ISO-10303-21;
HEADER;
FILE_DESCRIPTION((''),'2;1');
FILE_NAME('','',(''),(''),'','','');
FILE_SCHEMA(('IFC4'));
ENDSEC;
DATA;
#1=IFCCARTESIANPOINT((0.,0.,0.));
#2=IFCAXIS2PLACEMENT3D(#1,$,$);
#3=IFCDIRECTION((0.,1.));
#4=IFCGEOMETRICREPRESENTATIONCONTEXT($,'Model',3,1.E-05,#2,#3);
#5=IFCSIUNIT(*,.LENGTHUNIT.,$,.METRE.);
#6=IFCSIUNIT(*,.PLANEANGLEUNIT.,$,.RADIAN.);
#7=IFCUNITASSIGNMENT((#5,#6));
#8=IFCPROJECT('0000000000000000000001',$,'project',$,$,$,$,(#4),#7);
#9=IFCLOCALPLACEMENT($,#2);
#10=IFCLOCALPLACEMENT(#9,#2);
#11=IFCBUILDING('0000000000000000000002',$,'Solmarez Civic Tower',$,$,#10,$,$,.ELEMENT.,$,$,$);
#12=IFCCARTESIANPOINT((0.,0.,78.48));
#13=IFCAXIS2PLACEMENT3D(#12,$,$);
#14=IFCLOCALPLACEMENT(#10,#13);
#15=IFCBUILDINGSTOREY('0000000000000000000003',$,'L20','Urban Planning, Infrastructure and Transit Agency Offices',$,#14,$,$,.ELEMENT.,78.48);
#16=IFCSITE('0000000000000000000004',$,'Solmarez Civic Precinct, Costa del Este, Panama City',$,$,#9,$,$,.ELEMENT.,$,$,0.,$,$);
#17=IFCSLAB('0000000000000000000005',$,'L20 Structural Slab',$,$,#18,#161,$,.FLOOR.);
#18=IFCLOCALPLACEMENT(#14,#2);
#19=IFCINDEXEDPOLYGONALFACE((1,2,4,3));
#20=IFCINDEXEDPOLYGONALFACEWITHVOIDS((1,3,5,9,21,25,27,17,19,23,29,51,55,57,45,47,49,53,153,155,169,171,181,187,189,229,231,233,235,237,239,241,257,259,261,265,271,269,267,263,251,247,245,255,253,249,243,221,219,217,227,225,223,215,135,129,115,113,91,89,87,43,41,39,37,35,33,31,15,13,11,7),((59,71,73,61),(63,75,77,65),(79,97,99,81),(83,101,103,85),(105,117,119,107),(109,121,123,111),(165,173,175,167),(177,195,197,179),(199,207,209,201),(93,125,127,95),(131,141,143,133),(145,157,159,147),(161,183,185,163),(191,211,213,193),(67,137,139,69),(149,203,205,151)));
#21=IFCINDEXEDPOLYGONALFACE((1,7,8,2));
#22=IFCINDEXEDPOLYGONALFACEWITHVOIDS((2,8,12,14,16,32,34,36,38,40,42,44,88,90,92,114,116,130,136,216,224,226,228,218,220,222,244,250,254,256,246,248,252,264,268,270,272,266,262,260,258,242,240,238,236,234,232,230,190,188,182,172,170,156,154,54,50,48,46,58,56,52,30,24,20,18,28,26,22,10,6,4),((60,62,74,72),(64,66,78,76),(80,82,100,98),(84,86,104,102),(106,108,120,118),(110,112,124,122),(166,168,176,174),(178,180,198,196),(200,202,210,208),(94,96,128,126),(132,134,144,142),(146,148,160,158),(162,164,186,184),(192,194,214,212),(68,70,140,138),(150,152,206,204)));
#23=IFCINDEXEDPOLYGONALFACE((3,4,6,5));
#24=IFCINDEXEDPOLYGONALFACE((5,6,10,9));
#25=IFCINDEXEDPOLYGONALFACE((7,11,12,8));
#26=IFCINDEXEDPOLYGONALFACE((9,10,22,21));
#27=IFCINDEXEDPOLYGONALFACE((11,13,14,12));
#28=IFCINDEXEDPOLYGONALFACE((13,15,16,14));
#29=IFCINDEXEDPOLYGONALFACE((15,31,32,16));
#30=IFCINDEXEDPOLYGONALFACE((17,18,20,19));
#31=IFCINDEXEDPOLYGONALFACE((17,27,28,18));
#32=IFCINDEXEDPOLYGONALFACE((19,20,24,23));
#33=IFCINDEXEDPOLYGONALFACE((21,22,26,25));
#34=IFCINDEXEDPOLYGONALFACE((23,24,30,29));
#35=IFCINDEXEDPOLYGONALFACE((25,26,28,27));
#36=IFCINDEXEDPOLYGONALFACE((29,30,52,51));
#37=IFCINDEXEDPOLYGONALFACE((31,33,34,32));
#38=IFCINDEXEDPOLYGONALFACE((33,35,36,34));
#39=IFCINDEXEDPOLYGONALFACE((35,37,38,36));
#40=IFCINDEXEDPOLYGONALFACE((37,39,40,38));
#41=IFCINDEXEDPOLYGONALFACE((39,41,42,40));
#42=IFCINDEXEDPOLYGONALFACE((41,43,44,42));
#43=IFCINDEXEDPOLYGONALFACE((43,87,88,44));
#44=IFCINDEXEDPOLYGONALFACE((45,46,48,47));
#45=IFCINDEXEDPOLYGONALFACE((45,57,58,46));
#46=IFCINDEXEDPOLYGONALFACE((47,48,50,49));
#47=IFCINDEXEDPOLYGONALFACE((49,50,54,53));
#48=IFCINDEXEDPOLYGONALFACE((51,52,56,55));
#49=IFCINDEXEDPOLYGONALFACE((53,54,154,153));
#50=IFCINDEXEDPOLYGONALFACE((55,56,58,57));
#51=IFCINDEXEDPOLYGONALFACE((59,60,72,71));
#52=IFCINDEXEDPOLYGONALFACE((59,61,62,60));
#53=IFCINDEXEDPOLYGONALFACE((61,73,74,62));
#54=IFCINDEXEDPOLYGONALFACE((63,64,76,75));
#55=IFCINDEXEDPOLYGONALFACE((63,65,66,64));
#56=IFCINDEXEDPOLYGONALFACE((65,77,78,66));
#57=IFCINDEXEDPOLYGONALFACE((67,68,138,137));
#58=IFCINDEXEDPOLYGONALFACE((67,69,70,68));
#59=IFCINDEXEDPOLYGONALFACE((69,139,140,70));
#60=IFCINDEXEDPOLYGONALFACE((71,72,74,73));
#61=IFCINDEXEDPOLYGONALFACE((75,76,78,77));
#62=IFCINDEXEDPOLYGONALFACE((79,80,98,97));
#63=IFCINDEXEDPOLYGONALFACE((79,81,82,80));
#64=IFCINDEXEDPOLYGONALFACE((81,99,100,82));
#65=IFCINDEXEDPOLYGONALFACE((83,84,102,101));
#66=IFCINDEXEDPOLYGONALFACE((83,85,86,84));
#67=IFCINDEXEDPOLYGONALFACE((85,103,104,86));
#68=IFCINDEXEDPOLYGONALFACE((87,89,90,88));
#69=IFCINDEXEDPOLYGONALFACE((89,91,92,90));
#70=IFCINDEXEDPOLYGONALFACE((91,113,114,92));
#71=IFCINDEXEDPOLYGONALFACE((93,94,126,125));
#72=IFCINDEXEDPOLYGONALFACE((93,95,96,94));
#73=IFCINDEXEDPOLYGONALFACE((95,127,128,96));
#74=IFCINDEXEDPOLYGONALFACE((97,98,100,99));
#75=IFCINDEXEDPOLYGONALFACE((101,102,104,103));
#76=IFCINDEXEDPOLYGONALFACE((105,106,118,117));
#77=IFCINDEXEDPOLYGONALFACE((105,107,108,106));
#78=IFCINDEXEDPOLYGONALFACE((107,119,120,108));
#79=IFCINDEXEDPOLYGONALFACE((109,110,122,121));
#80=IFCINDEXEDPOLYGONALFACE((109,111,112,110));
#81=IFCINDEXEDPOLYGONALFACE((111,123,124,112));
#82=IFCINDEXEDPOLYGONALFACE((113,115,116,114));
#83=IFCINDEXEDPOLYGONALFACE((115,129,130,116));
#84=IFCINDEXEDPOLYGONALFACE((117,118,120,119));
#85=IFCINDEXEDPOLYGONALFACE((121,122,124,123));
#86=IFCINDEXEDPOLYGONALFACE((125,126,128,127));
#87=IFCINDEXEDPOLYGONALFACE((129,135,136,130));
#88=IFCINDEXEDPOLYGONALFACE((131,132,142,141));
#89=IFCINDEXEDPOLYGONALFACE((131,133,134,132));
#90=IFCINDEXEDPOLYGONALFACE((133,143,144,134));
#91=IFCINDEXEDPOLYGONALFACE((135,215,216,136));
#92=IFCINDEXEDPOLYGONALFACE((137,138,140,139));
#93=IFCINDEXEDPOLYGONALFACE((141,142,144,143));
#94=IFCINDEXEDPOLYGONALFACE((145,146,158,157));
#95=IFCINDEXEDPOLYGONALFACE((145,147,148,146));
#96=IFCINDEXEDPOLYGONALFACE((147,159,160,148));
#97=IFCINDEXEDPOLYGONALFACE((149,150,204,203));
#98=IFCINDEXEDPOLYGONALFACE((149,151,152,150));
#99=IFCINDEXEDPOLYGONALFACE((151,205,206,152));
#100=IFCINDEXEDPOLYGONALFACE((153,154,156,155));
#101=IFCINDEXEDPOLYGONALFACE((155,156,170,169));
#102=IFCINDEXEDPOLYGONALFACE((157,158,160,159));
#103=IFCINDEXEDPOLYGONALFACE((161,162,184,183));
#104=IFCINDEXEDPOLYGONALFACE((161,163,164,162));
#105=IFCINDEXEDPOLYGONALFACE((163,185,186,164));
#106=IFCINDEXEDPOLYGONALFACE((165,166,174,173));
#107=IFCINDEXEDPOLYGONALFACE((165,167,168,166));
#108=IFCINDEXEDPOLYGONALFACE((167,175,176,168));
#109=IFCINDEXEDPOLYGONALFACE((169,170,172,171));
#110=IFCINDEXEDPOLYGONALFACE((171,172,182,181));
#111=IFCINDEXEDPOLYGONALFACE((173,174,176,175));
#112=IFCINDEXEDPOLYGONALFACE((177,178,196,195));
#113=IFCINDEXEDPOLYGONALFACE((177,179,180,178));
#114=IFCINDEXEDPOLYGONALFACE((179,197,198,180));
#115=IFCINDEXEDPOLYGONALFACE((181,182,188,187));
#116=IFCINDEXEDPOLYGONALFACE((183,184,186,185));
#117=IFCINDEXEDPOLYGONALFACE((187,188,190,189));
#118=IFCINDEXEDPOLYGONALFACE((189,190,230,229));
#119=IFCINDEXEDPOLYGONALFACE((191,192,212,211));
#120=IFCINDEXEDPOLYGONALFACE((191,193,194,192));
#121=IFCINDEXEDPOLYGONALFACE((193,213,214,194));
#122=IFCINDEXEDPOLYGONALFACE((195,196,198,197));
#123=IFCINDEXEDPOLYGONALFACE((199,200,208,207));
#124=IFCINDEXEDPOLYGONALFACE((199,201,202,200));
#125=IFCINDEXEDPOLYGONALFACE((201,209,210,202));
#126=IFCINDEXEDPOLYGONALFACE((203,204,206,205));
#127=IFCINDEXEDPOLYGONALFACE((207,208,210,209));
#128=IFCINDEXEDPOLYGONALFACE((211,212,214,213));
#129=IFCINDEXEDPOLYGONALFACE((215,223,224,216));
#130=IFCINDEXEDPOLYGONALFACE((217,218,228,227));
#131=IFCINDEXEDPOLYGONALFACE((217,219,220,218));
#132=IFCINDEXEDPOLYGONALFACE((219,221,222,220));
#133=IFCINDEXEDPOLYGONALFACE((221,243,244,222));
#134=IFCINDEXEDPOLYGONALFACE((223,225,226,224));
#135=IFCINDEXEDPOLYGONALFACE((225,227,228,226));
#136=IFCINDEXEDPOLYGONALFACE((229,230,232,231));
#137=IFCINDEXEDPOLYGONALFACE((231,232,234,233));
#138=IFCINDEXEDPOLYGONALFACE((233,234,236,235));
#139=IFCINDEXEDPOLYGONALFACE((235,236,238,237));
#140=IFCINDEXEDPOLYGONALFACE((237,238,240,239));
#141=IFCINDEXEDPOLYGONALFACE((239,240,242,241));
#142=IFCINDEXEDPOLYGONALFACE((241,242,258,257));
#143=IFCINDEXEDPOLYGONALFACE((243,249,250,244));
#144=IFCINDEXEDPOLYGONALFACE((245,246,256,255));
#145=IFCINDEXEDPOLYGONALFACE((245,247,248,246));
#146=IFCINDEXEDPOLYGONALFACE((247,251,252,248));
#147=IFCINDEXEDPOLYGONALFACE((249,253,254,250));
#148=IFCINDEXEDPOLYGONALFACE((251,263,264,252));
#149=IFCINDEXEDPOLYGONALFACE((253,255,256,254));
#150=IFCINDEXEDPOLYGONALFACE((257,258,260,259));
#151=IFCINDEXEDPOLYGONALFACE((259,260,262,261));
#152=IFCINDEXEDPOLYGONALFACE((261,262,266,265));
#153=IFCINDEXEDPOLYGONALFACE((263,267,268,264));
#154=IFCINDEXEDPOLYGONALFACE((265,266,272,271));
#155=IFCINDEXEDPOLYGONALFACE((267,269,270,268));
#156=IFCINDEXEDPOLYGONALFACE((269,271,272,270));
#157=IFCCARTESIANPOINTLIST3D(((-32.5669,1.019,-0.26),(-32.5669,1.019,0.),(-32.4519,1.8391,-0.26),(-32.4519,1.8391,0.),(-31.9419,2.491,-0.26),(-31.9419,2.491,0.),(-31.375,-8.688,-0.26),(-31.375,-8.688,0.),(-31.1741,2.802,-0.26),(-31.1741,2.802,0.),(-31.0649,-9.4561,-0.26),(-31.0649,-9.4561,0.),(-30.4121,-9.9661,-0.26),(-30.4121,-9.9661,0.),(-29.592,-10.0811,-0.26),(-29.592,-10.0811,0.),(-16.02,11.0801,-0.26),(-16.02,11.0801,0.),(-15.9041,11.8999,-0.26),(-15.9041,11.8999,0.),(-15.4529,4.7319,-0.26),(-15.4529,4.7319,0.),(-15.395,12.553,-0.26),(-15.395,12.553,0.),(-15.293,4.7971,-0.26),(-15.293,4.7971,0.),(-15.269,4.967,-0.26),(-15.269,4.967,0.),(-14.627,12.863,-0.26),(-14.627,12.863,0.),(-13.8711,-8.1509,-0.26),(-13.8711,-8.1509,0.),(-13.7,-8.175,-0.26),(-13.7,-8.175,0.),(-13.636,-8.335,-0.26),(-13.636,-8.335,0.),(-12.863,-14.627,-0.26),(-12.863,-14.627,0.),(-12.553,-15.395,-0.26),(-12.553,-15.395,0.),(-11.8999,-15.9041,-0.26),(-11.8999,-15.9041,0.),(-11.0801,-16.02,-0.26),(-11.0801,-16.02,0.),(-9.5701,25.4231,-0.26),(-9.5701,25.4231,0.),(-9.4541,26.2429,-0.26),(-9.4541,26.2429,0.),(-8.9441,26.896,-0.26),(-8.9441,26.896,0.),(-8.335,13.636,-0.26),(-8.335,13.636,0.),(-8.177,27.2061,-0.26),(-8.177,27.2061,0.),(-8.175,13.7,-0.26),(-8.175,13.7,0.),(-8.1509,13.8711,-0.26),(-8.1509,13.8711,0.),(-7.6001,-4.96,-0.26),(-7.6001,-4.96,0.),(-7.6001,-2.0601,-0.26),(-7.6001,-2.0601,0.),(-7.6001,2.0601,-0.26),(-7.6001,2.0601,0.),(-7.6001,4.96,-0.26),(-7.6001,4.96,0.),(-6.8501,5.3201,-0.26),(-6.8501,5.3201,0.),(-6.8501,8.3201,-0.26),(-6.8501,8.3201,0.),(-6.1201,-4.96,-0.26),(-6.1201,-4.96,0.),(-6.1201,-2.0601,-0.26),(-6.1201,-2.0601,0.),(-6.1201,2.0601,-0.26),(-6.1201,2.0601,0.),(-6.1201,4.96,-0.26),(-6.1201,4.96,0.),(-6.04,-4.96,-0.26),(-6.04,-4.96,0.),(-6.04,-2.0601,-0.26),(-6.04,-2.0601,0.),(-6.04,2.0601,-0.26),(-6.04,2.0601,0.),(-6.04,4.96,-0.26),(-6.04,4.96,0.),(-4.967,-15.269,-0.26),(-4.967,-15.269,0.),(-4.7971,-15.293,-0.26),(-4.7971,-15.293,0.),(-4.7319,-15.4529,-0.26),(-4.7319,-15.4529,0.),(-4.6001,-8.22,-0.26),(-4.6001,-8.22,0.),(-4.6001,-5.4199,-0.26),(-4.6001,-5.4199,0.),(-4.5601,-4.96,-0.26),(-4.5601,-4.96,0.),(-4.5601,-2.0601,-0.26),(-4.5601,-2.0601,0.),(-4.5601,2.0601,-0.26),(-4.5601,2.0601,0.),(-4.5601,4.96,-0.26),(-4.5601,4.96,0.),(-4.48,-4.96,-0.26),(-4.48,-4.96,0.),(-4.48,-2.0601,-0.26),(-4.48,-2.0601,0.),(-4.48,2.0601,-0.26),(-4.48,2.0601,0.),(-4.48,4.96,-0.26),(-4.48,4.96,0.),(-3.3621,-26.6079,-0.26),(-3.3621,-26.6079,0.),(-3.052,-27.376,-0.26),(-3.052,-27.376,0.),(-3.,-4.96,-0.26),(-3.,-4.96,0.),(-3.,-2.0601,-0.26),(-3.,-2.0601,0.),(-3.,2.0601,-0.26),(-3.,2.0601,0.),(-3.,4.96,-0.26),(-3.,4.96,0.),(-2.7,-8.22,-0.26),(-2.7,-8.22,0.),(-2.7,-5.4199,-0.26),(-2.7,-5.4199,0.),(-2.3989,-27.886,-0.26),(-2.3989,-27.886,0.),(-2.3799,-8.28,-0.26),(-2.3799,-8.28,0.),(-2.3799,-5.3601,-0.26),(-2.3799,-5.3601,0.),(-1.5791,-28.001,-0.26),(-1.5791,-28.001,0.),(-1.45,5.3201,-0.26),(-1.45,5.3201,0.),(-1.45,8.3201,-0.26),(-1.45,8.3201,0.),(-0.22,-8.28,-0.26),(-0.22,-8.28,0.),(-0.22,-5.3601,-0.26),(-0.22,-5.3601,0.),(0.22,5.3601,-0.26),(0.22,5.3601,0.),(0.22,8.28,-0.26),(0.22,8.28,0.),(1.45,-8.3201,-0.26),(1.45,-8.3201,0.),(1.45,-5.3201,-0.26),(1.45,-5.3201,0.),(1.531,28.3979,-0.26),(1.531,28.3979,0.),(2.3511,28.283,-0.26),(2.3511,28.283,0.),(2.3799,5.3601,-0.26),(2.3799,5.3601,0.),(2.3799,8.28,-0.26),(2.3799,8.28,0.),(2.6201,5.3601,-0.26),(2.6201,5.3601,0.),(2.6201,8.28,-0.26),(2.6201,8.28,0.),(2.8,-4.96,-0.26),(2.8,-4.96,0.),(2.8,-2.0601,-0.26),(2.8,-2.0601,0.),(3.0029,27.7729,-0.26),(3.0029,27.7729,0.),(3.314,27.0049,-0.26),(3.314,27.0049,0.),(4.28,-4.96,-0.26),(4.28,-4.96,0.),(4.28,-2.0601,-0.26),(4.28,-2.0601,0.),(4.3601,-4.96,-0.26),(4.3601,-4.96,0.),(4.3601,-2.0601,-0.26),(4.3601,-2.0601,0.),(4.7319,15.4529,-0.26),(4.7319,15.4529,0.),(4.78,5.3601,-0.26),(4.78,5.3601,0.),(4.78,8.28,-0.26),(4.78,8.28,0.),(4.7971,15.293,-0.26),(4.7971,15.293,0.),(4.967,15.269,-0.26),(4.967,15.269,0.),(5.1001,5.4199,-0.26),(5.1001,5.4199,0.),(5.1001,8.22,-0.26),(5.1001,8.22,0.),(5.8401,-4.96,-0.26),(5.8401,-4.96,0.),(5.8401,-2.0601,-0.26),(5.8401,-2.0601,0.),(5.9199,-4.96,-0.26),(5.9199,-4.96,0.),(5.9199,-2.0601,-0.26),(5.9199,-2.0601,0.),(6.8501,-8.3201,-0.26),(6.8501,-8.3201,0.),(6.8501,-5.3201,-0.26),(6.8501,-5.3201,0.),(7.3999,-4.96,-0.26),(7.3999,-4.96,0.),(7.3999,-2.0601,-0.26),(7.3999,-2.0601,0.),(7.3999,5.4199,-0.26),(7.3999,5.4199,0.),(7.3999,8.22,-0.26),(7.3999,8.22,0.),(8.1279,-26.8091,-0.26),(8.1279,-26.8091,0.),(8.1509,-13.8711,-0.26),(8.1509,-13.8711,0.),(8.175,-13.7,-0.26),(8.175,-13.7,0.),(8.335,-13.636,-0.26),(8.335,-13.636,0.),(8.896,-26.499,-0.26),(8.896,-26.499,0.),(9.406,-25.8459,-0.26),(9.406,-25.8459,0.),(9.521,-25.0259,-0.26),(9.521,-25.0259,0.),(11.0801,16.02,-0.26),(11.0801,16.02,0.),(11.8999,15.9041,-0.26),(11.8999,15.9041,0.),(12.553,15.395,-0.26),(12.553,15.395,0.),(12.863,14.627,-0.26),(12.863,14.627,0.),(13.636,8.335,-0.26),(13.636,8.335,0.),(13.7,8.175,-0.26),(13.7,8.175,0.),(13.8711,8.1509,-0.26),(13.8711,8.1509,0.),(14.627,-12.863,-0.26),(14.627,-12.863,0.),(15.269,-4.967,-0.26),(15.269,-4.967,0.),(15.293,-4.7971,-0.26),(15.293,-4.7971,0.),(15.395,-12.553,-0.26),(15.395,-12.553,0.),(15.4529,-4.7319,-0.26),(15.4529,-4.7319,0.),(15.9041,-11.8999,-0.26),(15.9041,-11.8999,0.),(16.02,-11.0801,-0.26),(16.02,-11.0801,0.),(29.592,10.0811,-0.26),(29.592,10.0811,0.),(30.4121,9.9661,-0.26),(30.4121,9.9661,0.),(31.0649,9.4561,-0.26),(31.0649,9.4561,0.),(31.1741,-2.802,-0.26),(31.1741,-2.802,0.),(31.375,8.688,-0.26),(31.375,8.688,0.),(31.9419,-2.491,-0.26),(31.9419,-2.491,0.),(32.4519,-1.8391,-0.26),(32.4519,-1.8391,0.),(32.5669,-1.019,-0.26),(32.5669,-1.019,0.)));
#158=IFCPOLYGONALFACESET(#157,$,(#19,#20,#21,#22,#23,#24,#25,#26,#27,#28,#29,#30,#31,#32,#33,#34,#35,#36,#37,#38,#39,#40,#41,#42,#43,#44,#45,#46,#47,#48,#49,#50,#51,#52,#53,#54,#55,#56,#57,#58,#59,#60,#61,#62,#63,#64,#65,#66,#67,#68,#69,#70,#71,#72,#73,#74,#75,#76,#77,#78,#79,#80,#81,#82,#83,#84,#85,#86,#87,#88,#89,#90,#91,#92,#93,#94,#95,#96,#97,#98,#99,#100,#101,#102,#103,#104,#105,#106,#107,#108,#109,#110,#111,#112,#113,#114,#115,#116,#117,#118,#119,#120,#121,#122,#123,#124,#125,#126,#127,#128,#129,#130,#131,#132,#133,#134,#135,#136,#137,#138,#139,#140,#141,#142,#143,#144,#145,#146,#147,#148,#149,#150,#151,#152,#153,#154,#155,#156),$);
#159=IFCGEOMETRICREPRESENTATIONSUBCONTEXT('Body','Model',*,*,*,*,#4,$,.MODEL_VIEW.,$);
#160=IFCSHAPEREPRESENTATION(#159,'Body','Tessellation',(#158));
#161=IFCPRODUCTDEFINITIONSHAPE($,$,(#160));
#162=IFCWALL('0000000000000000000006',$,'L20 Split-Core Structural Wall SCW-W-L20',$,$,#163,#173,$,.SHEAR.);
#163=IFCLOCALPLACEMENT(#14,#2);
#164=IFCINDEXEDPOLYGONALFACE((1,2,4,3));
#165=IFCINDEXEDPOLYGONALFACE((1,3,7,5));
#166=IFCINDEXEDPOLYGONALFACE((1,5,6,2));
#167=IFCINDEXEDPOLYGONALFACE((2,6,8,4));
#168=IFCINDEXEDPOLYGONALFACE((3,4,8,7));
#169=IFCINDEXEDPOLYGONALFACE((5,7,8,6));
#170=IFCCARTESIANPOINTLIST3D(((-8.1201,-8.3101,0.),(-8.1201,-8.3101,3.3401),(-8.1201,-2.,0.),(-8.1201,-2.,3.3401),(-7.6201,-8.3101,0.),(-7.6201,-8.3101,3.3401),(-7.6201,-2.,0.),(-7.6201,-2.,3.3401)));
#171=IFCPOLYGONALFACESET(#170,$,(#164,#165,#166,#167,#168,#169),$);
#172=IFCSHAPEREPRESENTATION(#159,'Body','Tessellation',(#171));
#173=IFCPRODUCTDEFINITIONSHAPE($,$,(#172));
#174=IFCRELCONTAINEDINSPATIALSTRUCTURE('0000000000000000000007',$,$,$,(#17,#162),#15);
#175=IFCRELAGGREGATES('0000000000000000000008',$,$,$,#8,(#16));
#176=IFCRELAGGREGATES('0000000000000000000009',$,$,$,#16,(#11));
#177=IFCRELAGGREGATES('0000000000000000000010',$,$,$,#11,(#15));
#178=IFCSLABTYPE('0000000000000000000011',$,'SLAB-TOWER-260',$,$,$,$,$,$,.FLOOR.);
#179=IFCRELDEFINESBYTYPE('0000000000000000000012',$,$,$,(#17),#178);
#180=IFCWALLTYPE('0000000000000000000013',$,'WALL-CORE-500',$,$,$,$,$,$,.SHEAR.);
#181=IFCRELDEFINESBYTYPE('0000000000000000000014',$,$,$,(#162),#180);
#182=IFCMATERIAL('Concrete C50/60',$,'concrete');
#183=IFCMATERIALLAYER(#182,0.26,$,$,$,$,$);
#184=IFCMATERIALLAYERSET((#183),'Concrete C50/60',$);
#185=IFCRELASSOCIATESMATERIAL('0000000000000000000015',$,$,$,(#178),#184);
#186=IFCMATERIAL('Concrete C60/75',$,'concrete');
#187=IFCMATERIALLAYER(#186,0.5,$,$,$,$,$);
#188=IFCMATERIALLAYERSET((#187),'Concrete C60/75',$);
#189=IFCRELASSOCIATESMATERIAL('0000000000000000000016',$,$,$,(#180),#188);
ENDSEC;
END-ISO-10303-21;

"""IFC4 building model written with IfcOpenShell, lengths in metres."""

from ifc_helpers import new_model, si_unit, direction, frame, frame_2d, origin, place, context, subcontext, project, spatial, polyline, rectangle, outline, extrude, material, layer, layer_set, type_object, element, save


model = new_model("IFC4")

# Units and contexts
model_context = context("Model", 3, precision=1e-05, world=origin(), true_north=direction((0.0, 1.0)))
body_context = subcontext(model_context, "Body", "Model", "MODEL_VIEW")
ifc_project = project(units=[si_unit("LENGTHUNIT", "METRE"), si_unit("PLANEANGLEUNIT", "RADIAN")], contexts=[model_context])

# Site, building, storey
site_placement = place(None, origin())
site = spatial("IfcSite", under=ifc_project, at=site_placement, Name="Solmarez Civic Precinct, Costa del Este, Panama City", CompositionType="ELEMENT", RefElevation=0.0)
building_placement = place(site_placement, origin())
building = spatial("IfcBuilding", under=site, at=building_placement, Name="Solmarez Civic Tower", CompositionType="ELEMENT")
storey_placement = place(building_placement, frame((0.0, 0.0, 78.48)))
storey = spatial("IfcBuildingStorey", under=building, at=storey_placement, Name="L20", Description="Urban Planning, Infrastructure and Transit Agency Offices", CompositionType="ELEMENT", Elevation=78.48)

# Shared definitions
ifc_material_1 = material(Name="Concrete C60/75", Category="concrete")

# Slab
ifc_material_2 = material(Name="Concrete C50/60", Category="concrete")
ifc_layer_1 = layer(ifc_material_2, 0.26)
ifc_layer_set_1 = layer_set([ifc_layer_1], Name="Concrete C50/60")
slab_type = type_object("IfcSlabType", Name="SLAB-TOWER-260", PredefinedType="FLOOR", material=ifc_layer_set_1)
slab_placement = place(storey_placement, frame((0.0, 0.0, -0.26)))
element("IfcSlab", 1, at=slab_placement, inside=storey, type_object=slab_type, Name="L20 Structural Slab", PredefinedType="FLOOR", context=body_context, shape_type="SweptSolid", body=[
    extrude(outline(polyline([(-13.636, -8.335), (-12.863, -14.627), (-12.553, -15.395), (-11.8999, -15.9041), (-11.0801, -16.02), (-4.967, -15.269), (-4.7971, -15.293), (-4.7319, -15.4529), (-3.3621, -26.6079), (-3.052, -27.376), (-2.3989, -27.886), (-1.5791, -28.001), (8.1279, -26.8091), (8.896, -26.499), (9.406, -25.8459), (9.521, -25.0259), (8.1509, -13.8711), (8.175, -13.7), (8.335, -13.636), (14.627, -12.863), (15.395, -12.553), (15.9041, -11.8999), (16.02, -11.0801), (15.269, -4.967), (15.293, -4.7971), (15.4529, -4.7319), (31.1741, -2.802), (31.9419, -2.491), (32.4519, -1.8391), (32.5669, -1.019), (31.375, 8.688), (31.0649, 9.4561), (30.4121, 9.9661), (29.592, 10.0811), (13.8711, 8.1509), (13.7, 8.175), (13.636, 8.335), (12.863, 14.627), (12.553, 15.395), (11.8999, 15.9041), (11.0801, 16.02), (4.967, 15.269), (4.7971, 15.293), (4.7319, 15.4529), (3.314, 27.0049), (3.0029, 27.7729), (2.3511, 28.283), (1.531, 28.3979), (-8.177, 27.2061), (-8.9441, 26.896), (-9.4541, 26.2429), (-9.5701, 25.4231), (-8.1509, 13.8711), (-8.175, 13.7), (-8.335, 13.636), (-14.627, 12.863), (-15.395, 12.553), (-15.9041, 11.8999), (-16.02, 11.0801), (-15.269, 4.967), (-15.293, 4.7971), (-15.4529, 4.7319), (-31.1741, 2.802), (-31.9419, 2.491), (-32.4519, 1.8391), (-32.5669, 1.019), (-31.375, -8.688), (-31.0649, -9.4561), (-30.4121, -9.9661), (-29.592, -10.0811), (-13.8711, -8.1509), (-13.7, -8.175), (-13.636, -8.335)]), holes=[polyline([(-1.45, 8.3201), (-6.8501, 8.3201), (-6.8501, 5.3201), (-1.45, 5.3201), (-1.45, 8.3201)]), polyline([(1.45, -8.3201), (6.8501, -8.3201), (6.8501, -5.3201), (1.45, -5.3201), (1.45, -8.3201)]), polyline([(0.22, 5.3601), (2.3799, 5.3601), (2.3799, 8.28), (0.22, 8.28), (0.22, 5.3601)]), polyline([(2.6201, 5.3601), (4.78, 5.3601), (4.78, 8.28), (2.6201, 8.28), (2.6201, 5.3601)]), polyline([(-2.3799, -8.28), (-0.22, -8.28), (-0.22, -5.3601), (-2.3799, -5.3601), (-2.3799, -8.28)]), polyline([(2.8, -4.96), (4.28, -4.96), (4.28, -2.0601), (2.8, -2.0601), (2.8, -4.96)]), polyline([(4.3601, -4.96), (5.8401, -4.96), (5.8401, -2.0601), (4.3601, -2.0601), (4.3601, -4.96)]), polyline([(5.9199, -4.96), (7.3999, -4.96), (7.3999, -2.0601), (5.9199, -2.0601), (5.9199, -4.96)]), polyline([(-7.6001, -4.96), (-6.1201, -4.96), (-6.1201, -2.0601), (-7.6001, -2.0601), (-7.6001, -4.96)]), polyline([(-6.04, -4.96), (-4.5601, -4.96), (-4.5601, -2.0601), (-6.04, -2.0601), (-6.04, -4.96)]), polyline([(-4.48, -4.96), (-3.0, -4.96), (-3.0, -2.0601), (-4.48, -2.0601), (-4.48, -4.96)]), polyline([(-7.6001, 2.0601), (-6.1201, 2.0601), (-6.1201, 4.96), (-7.6001, 4.96), (-7.6001, 2.0601)]), polyline([(-6.04, 2.0601), (-4.5601, 2.0601), (-4.5601, 4.96), (-6.04, 4.96), (-6.04, 2.0601)]), polyline([(-4.48, 2.0601), (-3.0, 2.0601), (-3.0, 4.96), (-4.48, 4.96), (-4.48, 2.0601)]), polyline([(5.1001, 5.4199), (7.3999, 5.4199), (7.3999, 8.22), (5.1001, 8.22), (5.1001, 5.4199)]), polyline([(-4.6001, -8.22), (-2.7, -8.22), (-2.7, -5.4199), (-4.6001, -5.4199), (-4.6001, -8.22)])]), origin(), (0.0, 0.0, 1.0), 0.26),
])

# Shared definitions
ifc_layer_2 = layer(ifc_material_1, 0.5)
ifc_layer_set_2 = layer_set([ifc_layer_2], Name="Concrete C60/75")
wall_type_1 = type_object("IfcWallType", Name="WALL-CORE-500", PredefinedType="SHEAR", material=ifc_layer_set_2)

# Wall
wall_1_placement = place(storey_placement, frame((-7.8701, -8.3101, 0.0), z_axis=(0.0, 0.0, 1.0), x_axis=(0.0, 1.0, 0.0)))
element("IfcWall", 2, at=wall_1_placement, inside=storey, type_object=wall_type_1, Name="L20 Split-Core Structural Wall SCW-W-L20", PredefinedType="SHEAR", context=body_context, shape_type="SweptSolid", body=[
    extrude(rectangle(XDim=6.3101, YDim=0.5, at=frame_2d((3.155, 0.0))), origin(), (0.0, 0.0, 1.0), 3.3401),
])

save(model, "model.ifc")
